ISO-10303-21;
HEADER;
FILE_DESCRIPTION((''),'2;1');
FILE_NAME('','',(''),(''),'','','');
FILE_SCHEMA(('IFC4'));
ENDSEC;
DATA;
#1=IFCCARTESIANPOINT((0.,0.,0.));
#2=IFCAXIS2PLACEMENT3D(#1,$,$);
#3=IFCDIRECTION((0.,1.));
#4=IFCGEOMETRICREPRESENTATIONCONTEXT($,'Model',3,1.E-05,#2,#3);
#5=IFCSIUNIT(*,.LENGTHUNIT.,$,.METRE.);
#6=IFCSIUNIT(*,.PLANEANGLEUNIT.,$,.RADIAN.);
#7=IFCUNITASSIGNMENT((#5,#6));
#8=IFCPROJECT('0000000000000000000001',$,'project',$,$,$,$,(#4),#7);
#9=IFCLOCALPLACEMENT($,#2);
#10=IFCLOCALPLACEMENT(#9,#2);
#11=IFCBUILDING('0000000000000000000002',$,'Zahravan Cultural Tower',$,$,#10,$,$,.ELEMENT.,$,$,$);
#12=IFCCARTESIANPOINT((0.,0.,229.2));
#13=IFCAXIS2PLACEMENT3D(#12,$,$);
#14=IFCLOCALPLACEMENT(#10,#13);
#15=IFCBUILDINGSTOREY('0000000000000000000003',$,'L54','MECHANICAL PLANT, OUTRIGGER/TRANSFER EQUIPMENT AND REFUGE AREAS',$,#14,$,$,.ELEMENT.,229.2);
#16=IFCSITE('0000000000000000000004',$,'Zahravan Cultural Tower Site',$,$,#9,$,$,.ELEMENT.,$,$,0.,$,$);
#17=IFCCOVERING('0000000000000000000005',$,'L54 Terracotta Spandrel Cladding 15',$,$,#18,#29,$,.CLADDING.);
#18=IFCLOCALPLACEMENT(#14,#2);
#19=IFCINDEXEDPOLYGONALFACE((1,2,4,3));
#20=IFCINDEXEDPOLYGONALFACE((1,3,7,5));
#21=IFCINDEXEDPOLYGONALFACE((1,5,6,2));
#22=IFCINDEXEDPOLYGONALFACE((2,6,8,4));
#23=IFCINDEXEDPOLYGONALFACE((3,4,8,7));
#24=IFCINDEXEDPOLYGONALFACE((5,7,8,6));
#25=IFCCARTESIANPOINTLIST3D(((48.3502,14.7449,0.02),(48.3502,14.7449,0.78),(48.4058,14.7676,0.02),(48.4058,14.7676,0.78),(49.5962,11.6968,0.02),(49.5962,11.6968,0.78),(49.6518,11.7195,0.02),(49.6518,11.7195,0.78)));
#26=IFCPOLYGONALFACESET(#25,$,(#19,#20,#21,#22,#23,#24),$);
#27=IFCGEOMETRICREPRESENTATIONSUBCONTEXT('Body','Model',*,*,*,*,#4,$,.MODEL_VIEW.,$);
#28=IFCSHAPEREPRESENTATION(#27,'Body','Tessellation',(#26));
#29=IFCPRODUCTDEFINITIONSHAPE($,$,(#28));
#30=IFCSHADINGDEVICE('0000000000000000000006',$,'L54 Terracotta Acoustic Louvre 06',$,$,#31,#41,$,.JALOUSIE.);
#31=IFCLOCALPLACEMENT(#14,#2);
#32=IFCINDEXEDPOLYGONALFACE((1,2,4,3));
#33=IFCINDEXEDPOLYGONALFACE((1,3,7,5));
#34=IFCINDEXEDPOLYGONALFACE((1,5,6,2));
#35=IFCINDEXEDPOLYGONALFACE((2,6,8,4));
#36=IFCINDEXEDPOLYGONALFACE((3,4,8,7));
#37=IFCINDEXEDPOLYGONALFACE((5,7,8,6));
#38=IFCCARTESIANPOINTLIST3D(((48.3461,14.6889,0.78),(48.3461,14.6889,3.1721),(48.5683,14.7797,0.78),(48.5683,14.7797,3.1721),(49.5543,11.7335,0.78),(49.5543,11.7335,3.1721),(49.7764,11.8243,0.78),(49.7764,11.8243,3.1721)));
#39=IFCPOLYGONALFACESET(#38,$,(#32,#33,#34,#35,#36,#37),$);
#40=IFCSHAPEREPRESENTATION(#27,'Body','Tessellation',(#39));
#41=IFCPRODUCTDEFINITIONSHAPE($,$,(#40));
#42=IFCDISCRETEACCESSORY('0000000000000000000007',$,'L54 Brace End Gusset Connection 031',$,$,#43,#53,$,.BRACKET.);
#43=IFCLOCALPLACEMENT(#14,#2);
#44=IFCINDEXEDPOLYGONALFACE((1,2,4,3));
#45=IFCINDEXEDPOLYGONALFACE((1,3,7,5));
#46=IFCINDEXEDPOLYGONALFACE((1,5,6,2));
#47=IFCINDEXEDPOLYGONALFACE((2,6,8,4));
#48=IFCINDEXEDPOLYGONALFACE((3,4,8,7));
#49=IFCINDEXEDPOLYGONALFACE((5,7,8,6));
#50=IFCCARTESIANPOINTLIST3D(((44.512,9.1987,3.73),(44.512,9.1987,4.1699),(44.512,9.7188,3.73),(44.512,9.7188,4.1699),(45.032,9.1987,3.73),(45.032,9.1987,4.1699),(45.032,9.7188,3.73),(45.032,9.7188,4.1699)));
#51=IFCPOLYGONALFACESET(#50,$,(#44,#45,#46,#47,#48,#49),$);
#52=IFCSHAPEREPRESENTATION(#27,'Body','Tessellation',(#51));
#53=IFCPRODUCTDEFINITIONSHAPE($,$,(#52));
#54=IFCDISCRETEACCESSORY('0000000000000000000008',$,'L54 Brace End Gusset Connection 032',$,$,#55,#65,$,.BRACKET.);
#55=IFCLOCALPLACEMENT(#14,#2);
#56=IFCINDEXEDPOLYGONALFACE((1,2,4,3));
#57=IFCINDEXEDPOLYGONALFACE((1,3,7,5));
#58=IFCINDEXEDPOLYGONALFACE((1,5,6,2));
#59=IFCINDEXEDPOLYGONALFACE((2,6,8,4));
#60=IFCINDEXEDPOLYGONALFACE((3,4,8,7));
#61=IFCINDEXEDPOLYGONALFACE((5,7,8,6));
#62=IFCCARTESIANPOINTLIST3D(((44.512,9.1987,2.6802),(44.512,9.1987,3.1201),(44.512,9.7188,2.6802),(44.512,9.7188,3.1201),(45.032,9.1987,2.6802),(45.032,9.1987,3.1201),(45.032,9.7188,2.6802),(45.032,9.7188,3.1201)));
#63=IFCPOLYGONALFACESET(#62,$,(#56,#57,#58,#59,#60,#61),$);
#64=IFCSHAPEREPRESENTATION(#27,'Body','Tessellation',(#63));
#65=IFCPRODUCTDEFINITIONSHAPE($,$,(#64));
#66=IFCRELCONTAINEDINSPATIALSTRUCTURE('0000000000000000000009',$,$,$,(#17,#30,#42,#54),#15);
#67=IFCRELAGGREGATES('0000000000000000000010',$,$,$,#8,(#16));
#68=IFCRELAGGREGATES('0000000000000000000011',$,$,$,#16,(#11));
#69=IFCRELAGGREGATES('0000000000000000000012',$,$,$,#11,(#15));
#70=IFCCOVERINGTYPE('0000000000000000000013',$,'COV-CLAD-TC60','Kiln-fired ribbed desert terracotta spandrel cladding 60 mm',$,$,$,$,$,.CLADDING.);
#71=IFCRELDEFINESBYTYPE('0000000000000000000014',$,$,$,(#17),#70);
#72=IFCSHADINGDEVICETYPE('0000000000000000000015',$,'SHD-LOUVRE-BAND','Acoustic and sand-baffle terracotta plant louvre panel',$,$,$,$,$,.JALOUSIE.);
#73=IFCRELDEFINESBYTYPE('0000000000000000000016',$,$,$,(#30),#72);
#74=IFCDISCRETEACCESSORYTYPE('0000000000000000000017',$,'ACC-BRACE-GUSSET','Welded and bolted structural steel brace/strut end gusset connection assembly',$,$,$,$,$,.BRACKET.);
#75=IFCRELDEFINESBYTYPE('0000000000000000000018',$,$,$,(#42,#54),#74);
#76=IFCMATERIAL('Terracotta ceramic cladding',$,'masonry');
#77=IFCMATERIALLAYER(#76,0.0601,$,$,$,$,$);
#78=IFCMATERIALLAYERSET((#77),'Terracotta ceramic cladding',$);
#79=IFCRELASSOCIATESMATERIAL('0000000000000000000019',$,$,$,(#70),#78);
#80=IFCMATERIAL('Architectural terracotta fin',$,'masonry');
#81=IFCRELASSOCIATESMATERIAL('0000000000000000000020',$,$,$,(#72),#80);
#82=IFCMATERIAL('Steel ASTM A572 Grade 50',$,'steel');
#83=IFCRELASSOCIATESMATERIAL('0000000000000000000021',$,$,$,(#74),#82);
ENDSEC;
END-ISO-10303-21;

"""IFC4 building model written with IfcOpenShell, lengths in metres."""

from ifc_helpers import new_model, si_unit, direction, frame, origin, origin_2d, place, context, subcontext, project, spatial, rectangle, extrude, source, transform, mapped, material, layer, layer_set, type_object, element, save


model = new_model("IFC4")

# Units and contexts
model_context = context("Model", 3, precision=1e-05, world=origin(), true_north=direction((0.0, 1.0)))
body_context = subcontext(model_context, "Body", "Model", "MODEL_VIEW")
ifc_project = project(units=[si_unit("LENGTHUNIT", "METRE"), si_unit("PLANEANGLEUNIT", "RADIAN")], contexts=[model_context])

# Site, building, storey
site_placement = place(None, origin())
site = spatial("IfcSite", under=ifc_project, at=site_placement, Name="Zahravan Cultural Tower Site", CompositionType="ELEMENT", RefElevation=0.0)
building_placement = place(site_placement, origin())
building = spatial("IfcBuilding", under=site, at=building_placement, Name="Zahravan Cultural Tower", CompositionType="ELEMENT")
storey_placement = place(building_placement, frame((0.0, 0.0, 229.2)))
storey = spatial("IfcBuildingStorey", under=building, at=storey_placement, Name="L54", Description="MECHANICAL PLANT, OUTRIGGER/TRANSFER EQUIPMENT AND REFUGE AREAS", CompositionType="ELEMENT", Elevation=229.2)

# Shared definitions
ifc_material_1 = material(Name="Steel ASTM A572 Grade 50", Category="steel")

# Shared definitions
ifc_material_2 = material(Name="Terracotta ceramic cladding", Category="masonry")
ifc_layer_1 = layer(ifc_material_2, 0.0601)
ifc_layer_set_1 = layer_set([ifc_layer_1], Name="Terracotta ceramic cladding")
covering_type = type_object("IfcCoveringType", Name="COV-CLAD-TC60", Description="Kiln-fired ribbed desert terracotta spandrel cladding 60 mm", PredefinedType="CLADDING", material=ifc_layer_set_1)

# Shared definitions
ifc_material_3 = material(Name="Architectural terracotta fin", Category="masonry")
shading_device_type = type_object("IfcShadingDeviceType", Name="SHD-LOUVRE-BAND", Description="Acoustic and sand-baffle terracotta plant louvre panel", PredefinedType="JALOUSIE", material=ifc_material_3)

# Covering
shared_shape_1 = source(origin(), body_context, "Body", "SweptSolid", [
    extrude(rectangle(XDim=3.293, YDim=0.0601, at=origin_2d()), origin(), (0.0, 0.0, 1.0), 0.76),
])
covering_1_placement = place(storey_placement, frame((49.001, 13.2322, 0.02), z_axis=(0.0, 0.0, 1.0), x_axis=(0.37839, -0.925646, 0.0)))
element("IfcCovering", 1, at=covering_1_placement, inside=storey, type_object=covering_type, Name="L54 Terracotta Spandrel Cladding 15", PredefinedType="CLADDING", context=body_context, shape_type="MappedRepresentation", body=[
    mapped(shared_shape_1, transform((0.0, 0.0, 0.0), x_axis=(1.0, 0.0, 0.0), y_axis=(0.0, 1.0, 0.0), z_axis=(0.0, 0.0, 1.0), scale=1.0)),
])

# Shading device
shared_shape_2 = source(origin(), body_context, "Body", "SweptSolid", [
    extrude(rectangle(XDim=3.1929, YDim=0.24, at=origin_2d()), origin(), (0.0, 0.0, 1.0), 2.3921),
])
shading_device_1_placement = place(storey_placement, frame((49.0613, 13.2566, 0.78), z_axis=(0.0, 0.0, 1.0), x_axis=(0.37839, -0.925646, 0.0)))
element("IfcShadingDevice", 2, at=shading_device_1_placement, inside=storey, type_object=shading_device_type, Name="L54 Terracotta Acoustic Louvre 06", PredefinedType="JALOUSIE", context=body_context, shape_type="MappedRepresentation", body=[
    mapped(shared_shape_2, transform((0.0, 0.0, 0.0), x_axis=(1.0, 0.0, 0.0), y_axis=(0.0, 1.0, 0.0), z_axis=(0.0, 0.0, 1.0), scale=1.0)),
])

# Discrete accessories
discrete_accessory_type = type_object("IfcDiscreteAccessoryType", Name="ACC-BRACE-GUSSET", Description="Welded and bolted structural steel brace/strut end gusset connection assembly", PredefinedType="BRACKET", material=ifc_material_1)
shared_shape_3 = source(origin(), body_context, "Body", "SweptSolid", [
    extrude(rectangle(XDim=0.52, YDim=0.52, at=origin_2d()), origin(), (0.0, 0.0, 1.0), 0.4399),
])
for number, where, z_axis, x_axis, name in (
    (3, (44.772, 9.4587, 3.73), (0.0, 0.0, 1.0), (1.0, 0.0, 0.0), "L54 Brace End Gusset Connection 031"),
    (4, (44.772, 9.4587, 2.6802), (0.0, 0.0, 1.0), (1.0, 0.0, 0.0), "L54 Brace End Gusset Connection 032"),
):
    element("IfcDiscreteAccessory", number, at=place(storey_placement, frame(where, z_axis=z_axis, x_axis=x_axis)), inside=storey, type_object=discrete_accessory_type, Name=name, PredefinedType="BRACKET", context=body_context, shape_type="MappedRepresentation", body=[
        mapped(shared_shape_3, transform((0.0, 0.0, 0.0), x_axis=(1.0, 0.0, 0.0), y_axis=(0.0, 1.0, 0.0), z_axis=(0.0, 0.0, 1.0), scale=1.0)),
    ])

save(model, "model.ifc")
